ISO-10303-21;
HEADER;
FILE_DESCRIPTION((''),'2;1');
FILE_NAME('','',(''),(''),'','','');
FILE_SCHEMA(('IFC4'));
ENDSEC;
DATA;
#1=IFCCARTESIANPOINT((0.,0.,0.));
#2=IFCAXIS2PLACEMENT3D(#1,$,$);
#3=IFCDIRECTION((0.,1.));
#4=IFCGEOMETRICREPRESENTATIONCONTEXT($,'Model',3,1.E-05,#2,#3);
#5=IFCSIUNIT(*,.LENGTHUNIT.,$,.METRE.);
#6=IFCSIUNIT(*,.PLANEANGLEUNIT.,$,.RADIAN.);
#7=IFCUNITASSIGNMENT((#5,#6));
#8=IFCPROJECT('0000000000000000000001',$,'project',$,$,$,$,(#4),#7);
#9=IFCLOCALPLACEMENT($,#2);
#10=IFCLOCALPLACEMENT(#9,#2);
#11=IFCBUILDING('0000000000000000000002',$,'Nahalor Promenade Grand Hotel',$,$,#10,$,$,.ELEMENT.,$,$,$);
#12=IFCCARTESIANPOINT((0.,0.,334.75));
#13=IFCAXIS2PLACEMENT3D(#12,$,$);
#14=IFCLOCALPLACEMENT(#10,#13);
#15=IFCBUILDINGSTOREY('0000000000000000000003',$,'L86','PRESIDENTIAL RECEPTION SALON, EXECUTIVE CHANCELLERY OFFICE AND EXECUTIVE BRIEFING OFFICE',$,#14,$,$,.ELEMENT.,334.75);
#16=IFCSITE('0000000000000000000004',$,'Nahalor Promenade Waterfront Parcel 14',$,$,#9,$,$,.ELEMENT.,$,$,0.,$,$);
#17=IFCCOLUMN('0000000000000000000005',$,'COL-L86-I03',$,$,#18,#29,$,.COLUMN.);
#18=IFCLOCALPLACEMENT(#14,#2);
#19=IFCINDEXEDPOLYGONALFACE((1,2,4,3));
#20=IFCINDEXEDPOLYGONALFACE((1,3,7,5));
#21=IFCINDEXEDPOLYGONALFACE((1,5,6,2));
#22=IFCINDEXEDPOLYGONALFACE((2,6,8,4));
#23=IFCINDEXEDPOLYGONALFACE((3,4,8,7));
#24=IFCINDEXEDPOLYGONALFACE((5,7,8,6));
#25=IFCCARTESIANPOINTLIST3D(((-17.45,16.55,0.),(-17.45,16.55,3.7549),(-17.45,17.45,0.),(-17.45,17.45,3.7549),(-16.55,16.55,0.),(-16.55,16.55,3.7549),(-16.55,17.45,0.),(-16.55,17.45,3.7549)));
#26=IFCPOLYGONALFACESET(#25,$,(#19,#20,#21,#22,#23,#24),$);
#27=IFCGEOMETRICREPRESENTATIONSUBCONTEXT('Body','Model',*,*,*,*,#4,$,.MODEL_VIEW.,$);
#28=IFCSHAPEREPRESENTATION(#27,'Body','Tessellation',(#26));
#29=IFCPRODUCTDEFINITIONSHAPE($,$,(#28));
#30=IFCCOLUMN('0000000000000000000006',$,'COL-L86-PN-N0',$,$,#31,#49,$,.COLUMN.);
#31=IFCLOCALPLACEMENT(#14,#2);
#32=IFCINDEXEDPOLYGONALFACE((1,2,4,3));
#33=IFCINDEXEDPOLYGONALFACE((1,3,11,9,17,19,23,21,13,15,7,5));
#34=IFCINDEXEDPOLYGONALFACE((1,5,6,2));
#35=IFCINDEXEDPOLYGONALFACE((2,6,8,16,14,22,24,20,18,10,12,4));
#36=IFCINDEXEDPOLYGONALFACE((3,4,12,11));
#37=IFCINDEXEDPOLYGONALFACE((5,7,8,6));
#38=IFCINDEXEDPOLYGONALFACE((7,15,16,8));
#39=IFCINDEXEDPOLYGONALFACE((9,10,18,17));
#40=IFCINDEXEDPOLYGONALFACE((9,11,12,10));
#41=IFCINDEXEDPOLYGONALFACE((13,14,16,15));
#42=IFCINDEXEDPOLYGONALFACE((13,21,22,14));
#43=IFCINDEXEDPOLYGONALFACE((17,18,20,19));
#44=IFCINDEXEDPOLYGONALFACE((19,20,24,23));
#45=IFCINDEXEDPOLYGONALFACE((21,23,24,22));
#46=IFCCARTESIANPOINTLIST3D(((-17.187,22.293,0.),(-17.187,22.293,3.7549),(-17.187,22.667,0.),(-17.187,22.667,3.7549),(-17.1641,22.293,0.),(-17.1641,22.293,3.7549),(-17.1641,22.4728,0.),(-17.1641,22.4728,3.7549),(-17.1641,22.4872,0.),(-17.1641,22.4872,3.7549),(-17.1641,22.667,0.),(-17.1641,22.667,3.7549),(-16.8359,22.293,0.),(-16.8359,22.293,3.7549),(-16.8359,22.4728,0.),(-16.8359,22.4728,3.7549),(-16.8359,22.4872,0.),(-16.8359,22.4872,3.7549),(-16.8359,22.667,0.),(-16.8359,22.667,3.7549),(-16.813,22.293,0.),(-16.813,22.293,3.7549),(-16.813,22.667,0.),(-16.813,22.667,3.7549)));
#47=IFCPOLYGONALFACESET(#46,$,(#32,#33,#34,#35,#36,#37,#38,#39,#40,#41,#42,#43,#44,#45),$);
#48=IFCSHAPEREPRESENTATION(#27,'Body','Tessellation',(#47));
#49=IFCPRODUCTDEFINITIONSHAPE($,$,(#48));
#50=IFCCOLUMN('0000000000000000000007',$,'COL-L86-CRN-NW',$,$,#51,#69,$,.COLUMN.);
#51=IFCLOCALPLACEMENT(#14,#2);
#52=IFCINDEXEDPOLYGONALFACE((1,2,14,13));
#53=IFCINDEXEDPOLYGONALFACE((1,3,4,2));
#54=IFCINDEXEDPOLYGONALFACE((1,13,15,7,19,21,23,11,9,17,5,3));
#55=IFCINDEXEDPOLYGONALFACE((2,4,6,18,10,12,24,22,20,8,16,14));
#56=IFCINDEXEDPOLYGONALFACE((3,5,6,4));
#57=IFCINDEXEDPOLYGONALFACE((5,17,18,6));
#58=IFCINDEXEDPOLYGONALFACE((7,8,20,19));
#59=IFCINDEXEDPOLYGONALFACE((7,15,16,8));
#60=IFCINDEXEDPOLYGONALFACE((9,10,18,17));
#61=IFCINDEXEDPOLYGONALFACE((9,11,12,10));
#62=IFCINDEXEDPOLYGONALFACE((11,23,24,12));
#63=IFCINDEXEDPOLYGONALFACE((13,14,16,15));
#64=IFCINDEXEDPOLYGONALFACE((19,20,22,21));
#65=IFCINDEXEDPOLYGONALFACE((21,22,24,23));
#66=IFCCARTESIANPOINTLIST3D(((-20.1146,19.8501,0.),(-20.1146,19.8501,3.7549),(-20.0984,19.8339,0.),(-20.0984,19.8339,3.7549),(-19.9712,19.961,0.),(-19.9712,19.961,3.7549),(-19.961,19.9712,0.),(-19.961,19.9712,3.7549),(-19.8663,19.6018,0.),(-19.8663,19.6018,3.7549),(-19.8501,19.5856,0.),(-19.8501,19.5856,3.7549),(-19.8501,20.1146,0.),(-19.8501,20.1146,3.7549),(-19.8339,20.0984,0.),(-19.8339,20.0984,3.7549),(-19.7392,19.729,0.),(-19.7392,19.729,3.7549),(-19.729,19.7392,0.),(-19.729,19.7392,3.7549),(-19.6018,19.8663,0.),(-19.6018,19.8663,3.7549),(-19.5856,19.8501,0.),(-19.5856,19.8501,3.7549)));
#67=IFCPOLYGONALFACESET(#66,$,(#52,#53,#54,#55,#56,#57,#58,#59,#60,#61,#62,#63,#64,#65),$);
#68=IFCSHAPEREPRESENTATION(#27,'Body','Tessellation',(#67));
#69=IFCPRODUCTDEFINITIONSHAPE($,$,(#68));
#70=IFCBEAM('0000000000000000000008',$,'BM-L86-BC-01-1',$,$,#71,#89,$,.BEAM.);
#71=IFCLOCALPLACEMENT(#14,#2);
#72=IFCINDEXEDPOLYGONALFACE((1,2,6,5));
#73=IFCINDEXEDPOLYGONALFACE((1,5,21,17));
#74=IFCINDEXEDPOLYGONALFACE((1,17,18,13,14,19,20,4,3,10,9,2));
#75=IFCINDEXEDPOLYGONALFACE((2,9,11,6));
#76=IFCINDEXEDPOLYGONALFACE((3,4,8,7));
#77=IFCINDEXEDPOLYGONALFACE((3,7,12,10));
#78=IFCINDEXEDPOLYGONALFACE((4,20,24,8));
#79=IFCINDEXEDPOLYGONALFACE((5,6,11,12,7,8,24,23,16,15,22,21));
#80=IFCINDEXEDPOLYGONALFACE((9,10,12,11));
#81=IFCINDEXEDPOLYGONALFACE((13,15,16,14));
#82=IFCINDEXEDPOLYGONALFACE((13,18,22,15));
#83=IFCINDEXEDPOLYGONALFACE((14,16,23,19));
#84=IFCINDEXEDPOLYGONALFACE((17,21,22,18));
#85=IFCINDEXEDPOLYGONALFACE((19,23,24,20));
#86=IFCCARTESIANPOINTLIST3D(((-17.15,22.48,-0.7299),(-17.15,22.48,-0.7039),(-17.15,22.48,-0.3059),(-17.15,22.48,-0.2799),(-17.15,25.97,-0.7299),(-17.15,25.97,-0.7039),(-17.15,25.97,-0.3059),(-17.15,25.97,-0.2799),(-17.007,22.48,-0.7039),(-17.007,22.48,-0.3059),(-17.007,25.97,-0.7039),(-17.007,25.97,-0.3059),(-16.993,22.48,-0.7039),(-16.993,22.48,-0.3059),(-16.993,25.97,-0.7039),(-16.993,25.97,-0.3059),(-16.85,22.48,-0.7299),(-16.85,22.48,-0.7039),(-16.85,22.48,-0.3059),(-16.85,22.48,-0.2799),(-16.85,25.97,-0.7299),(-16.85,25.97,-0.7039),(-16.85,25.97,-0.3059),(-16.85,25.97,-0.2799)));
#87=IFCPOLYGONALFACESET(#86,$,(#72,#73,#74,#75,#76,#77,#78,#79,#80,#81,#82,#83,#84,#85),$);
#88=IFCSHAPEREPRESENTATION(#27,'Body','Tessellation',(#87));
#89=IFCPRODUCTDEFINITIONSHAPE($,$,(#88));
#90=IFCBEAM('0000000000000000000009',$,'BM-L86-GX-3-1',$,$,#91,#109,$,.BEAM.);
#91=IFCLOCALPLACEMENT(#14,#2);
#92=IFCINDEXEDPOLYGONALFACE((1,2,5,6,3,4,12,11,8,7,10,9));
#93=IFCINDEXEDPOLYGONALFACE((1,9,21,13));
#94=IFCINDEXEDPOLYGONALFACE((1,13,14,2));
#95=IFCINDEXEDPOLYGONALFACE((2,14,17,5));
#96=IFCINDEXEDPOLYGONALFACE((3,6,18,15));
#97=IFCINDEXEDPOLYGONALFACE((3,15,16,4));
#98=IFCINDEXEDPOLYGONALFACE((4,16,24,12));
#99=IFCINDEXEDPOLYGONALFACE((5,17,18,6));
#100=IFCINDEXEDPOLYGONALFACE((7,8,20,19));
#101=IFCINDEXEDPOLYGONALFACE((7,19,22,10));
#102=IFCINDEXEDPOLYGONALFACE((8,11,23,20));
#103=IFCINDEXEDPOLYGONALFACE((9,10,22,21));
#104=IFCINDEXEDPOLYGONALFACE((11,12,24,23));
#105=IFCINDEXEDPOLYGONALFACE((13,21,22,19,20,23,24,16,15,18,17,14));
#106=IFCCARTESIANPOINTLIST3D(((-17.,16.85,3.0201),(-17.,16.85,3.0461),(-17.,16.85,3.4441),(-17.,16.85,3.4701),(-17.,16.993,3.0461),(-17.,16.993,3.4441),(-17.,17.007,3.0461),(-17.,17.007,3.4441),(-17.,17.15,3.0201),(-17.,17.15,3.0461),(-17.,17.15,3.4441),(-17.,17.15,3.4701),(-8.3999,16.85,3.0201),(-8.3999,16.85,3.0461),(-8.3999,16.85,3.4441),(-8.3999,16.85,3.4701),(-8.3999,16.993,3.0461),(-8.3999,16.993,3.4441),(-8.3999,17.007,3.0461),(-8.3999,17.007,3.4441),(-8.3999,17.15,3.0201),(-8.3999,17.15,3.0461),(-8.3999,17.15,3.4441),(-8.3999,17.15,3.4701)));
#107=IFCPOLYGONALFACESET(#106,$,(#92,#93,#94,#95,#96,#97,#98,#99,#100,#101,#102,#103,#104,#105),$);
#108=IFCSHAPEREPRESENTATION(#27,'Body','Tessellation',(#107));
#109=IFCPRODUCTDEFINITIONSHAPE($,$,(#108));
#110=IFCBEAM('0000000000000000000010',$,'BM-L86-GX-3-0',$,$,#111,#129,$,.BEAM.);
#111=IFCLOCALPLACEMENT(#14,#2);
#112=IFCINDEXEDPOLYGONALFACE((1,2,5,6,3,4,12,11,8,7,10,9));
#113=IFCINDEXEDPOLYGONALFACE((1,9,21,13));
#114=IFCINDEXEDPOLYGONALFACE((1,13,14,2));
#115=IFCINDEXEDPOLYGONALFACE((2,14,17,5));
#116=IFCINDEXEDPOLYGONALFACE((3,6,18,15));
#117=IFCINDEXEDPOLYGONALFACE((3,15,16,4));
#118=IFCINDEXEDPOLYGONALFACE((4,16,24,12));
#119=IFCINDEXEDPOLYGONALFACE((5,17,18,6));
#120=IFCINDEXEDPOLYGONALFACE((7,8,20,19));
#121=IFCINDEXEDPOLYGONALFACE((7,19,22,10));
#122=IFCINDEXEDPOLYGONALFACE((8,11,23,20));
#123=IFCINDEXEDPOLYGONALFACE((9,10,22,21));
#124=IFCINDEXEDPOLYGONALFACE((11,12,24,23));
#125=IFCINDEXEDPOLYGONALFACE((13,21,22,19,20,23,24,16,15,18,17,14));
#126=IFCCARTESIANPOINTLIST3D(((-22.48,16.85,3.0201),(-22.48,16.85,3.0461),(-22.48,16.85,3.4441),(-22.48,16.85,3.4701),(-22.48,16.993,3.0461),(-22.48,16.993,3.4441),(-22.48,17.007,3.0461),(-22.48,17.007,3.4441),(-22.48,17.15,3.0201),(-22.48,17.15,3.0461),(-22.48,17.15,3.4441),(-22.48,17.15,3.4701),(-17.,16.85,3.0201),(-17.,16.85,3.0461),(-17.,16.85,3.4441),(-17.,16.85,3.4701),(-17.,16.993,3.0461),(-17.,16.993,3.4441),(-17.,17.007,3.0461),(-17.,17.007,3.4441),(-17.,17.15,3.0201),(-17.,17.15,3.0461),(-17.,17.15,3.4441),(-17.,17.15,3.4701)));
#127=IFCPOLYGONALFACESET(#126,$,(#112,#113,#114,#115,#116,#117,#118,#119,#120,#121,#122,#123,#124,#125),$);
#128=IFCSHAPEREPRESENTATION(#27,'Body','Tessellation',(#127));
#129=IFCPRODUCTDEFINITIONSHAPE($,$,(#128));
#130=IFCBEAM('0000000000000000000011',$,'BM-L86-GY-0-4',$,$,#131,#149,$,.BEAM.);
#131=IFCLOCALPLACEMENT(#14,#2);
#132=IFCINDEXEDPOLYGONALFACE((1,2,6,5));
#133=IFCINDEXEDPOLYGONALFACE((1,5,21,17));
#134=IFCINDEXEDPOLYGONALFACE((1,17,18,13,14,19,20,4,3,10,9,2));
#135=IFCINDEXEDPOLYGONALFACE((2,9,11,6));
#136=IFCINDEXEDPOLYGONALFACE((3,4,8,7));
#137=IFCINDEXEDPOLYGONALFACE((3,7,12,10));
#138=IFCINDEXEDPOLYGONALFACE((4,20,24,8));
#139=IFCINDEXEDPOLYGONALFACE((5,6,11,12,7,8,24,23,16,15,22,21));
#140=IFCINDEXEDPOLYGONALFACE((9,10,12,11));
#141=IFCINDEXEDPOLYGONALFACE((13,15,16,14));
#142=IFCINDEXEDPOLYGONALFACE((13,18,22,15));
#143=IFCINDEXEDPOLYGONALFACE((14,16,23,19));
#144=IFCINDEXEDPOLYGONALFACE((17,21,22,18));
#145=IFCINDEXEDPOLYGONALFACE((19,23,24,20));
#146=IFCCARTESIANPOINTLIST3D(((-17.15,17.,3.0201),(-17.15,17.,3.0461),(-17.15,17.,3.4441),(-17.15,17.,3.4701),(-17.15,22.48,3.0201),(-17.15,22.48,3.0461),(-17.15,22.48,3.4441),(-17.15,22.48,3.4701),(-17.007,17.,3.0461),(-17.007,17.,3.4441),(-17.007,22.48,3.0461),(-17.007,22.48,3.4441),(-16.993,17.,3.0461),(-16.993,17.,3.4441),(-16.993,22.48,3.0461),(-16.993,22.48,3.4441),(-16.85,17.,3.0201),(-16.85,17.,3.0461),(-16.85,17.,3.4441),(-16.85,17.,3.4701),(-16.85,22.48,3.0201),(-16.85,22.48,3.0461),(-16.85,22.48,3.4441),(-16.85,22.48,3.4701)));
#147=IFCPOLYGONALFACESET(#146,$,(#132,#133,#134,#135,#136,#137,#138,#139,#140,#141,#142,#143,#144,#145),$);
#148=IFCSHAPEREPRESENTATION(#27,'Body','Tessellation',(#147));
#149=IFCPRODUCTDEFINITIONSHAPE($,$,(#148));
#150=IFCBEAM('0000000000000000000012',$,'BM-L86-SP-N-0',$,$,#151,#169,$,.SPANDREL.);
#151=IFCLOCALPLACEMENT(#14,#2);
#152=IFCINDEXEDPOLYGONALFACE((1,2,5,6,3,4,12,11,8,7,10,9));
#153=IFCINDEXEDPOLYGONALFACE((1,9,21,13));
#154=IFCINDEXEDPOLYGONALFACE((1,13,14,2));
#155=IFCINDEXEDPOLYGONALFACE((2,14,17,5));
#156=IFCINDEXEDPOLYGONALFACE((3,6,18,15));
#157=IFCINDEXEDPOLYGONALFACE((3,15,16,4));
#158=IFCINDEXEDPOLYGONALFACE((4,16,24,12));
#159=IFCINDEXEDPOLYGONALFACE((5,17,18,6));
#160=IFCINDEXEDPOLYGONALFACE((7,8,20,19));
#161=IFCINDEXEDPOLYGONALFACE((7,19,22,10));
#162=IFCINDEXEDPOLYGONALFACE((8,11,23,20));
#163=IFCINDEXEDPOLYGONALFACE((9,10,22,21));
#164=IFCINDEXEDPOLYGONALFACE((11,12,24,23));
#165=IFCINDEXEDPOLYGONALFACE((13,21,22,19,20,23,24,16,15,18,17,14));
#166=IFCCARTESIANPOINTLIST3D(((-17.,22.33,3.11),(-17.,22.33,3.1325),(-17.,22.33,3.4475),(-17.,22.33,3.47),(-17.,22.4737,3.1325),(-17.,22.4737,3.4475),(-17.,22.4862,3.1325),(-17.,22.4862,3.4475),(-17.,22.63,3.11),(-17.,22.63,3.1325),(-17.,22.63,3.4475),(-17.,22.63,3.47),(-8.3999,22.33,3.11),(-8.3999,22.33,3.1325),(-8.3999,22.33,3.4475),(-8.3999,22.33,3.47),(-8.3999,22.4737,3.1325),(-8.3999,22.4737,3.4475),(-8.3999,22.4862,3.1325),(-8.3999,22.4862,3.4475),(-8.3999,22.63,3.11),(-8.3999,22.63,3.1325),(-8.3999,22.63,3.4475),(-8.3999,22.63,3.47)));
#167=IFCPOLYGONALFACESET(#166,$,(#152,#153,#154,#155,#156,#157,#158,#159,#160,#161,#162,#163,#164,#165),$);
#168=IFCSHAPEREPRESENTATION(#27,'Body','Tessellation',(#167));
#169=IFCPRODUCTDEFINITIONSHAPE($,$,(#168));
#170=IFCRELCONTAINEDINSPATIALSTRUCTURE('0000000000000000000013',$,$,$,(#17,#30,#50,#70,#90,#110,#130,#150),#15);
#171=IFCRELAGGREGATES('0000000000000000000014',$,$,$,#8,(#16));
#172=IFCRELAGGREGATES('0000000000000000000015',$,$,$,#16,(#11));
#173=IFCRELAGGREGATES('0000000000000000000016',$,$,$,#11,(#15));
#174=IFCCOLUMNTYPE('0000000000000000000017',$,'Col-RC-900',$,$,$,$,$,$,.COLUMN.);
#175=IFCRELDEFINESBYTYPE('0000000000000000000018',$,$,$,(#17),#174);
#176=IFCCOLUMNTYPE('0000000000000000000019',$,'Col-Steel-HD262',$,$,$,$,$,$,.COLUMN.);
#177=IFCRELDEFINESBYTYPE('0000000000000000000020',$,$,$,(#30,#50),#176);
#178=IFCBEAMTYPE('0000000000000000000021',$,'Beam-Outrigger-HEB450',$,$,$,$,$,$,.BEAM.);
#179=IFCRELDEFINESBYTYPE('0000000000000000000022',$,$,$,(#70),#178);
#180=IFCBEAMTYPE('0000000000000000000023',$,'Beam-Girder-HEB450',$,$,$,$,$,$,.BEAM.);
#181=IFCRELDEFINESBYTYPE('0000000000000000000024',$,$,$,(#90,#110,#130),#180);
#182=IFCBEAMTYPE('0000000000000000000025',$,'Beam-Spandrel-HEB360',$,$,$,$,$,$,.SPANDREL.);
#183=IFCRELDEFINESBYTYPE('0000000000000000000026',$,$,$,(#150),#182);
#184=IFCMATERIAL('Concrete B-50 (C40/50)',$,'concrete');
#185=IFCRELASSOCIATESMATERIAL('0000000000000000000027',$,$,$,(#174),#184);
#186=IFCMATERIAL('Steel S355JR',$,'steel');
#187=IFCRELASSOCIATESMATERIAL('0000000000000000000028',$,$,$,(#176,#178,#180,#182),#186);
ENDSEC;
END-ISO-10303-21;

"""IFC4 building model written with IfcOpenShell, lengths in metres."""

from ifc_helpers import new_model, si_unit, direction, frame, origin, origin_2d, place, context, subcontext, project, spatial, rectangle, i_section, extrude, source, transform, mapped, material, material_profile, profile_set, type_object, element, save


model = new_model("IFC4")

# Units and contexts
model_context = context("Model", 3, precision=1e-05, world=origin(), true_north=direction((0.0, 1.0)))
body_context = subcontext(model_context, "Body", "Model", "MODEL_VIEW")
ifc_project = project(units=[si_unit("LENGTHUNIT", "METRE"), si_unit("PLANEANGLEUNIT", "RADIAN")], contexts=[model_context])

# Site, building, storey
site_placement = place(None, origin())
site = spatial("IfcSite", under=ifc_project, at=site_placement, Name="Nahalor Promenade Waterfront Parcel 14", CompositionType="ELEMENT", RefElevation=0.0)
building_placement = place(site_placement, origin())
building = spatial("IfcBuilding", under=site, at=building_placement, Name="Nahalor Promenade Grand Hotel", CompositionType="ELEMENT")
storey_placement = place(building_placement, frame((0.0, 0.0, 334.75)))
storey = spatial("IfcBuildingStorey", under=building, at=storey_placement, Name="L86", Description="PRESIDENTIAL RECEPTION SALON, EXECUTIVE CHANCELLERY OFFICE AND EXECUTIVE BRIEFING OFFICE", CompositionType="ELEMENT", Elevation=334.75)

# Columns
ifc_material_1 = material(Name="Concrete B-50 (C40/50)", Category="concrete")
ifc_material_profile_1 = material_profile(ifc_material_1, rectangle(XDim=0.9, YDim=0.9, at=origin_2d()), Name="RC 900x900")
ifc_profile_set_1 = profile_set([ifc_material_profile_1], Name="Concrete B-50 (C40/50)")
column_type_1 = type_object("IfcColumnType", Name="Col-RC-900", PredefinedType="COLUMN", material=ifc_profile_set_1)
shared_shape_1 = source(origin(), body_context, "Body", "SweptSolid", [
    extrude(rectangle(XDim=0.9, YDim=0.9, at=origin_2d()), origin(), (0.0, 0.0, 1.0), 3.7549),
])
column_placement = place(storey_placement, frame((-17.0, 17.0, 0.0), z_axis=(0.0, 0.0, 1.0), x_axis=(1.0, 0.0, 0.0)))
element("IfcColumn", 1, at=column_placement, inside=storey, type_object=column_type_1, Name="COL-L86-I03", PredefinedType="COLUMN", context=body_context, shape_type="MappedRepresentation", body=[
    mapped(shared_shape_1, transform((0.0, 0.0, 0.0), scale=1.0)),
])
ifc_material_2 = material(Name="Steel S355JR", Category="steel")
ifc_material_profile_2 = material_profile(ifc_material_2, i_section(OverallWidth=0.374, OverallDepth=0.374, WebThickness=0.0144, FlangeThickness=0.0229, at=origin_2d()), Name="HD 360x262")
ifc_profile_set_2 = profile_set([ifc_material_profile_2], Name="Steel S355JR")
column_type_2 = type_object("IfcColumnType", Name="Col-Steel-HD262", PredefinedType="COLUMN", material=ifc_profile_set_2)
shared_shape_2 = source(origin(), body_context, "Body", "SweptSolid", [
    extrude(i_section(OverallWidth=0.374, OverallDepth=0.374, WebThickness=0.0144, FlangeThickness=0.0229, at=origin_2d()), origin(), (0.0, 0.0, 1.0), 3.7549),
])
for number, where, z_axis, x_axis, name in (
    (2, (-17.0, 22.48, 0.0), (0.0, 0.0, 1.0), (0.0, 1.0, 0.0), "COL-L86-PN-N0"),
    (3, (-19.8501, 19.8501, 0.0), (0.0, 0.0, 1.0), (0.707107, 0.707107, 0.0), "COL-L86-CRN-NW"),
):
    element("IfcColumn", number, at=place(storey_placement, frame(where, z_axis=z_axis, x_axis=x_axis)), inside=storey, type_object=column_type_2, Name=name, PredefinedType="COLUMN", context=body_context, shape_type="MappedRepresentation", body=[
        mapped(shared_shape_2, transform((0.0, 0.0, 0.0), scale=1.0)),
    ])

# Beams
ifc_material_profile_3 = material_profile(ifc_material_2, i_section(OverallWidth=0.3, OverallDepth=0.45, WebThickness=0.014, FlangeThickness=0.026, at=origin_2d()), Name="HEB 450")
ifc_profile_set_3 = profile_set([ifc_material_profile_3], Name="Steel S355JR")
beam_type_1 = type_object("IfcBeamType", Name="Beam-Outrigger-HEB450", PredefinedType="BEAM", material=ifc_profile_set_3)
shared_shape_3 = source(origin(), body_context, "Body", "SweptSolid", [
    extrude(i_section(OverallWidth=0.3, OverallDepth=0.45, WebThickness=0.014, FlangeThickness=0.026, at=origin_2d()), origin(), (0.0, 0.0, 1.0), 3.49),
])
beam_1_placement = place(storey_placement, frame((-17.0, 22.48, -0.5049), z_axis=(0.0, 1.0, 0.0), x_axis=(-1.0, 0.0, 0.0)))
element("IfcBeam", 4, at=beam_1_placement, inside=storey, type_object=beam_type_1, Name="BM-L86-BC-01-1", PredefinedType="BEAM", context=body_context, shape_type="MappedRepresentation", body=[
    mapped(shared_shape_3, transform((0.0, 0.0, 0.0), scale=1.0)),
])
ifc_material_profile_4 = material_profile(ifc_material_2, i_section(OverallWidth=0.3, OverallDepth=0.45, WebThickness=0.014, FlangeThickness=0.026, at=origin_2d()), Name="HEB 450")
ifc_profile_set_4 = profile_set([ifc_material_profile_4], Name="Steel S355JR")
beam_type_2 = type_object("IfcBeamType", Name="Beam-Girder-HEB450", PredefinedType="BEAM", material=ifc_profile_set_4)
shared_shape_4 = source(origin(), body_context, "Body", "SweptSolid", [
    extrude(i_section(OverallWidth=0.3, OverallDepth=0.45, WebThickness=0.014, FlangeThickness=0.026, at=origin_2d()), origin(), (0.0, 0.0, 1.0), 8.6001),
])
beam_2_placement = place(storey_placement, frame((-17.0, 17.0, 3.2451), z_axis=(1.0, 0.0, 0.0), x_axis=(0.0, 1.0, 0.0)))
element("IfcBeam", 5, at=beam_2_placement, inside=storey, type_object=beam_type_2, Name="BM-L86-GX-3-1", PredefinedType="BEAM", context=body_context, shape_type="MappedRepresentation", body=[
    mapped(shared_shape_4, transform((0.0, 0.0, 0.0), scale=1.0)),
])
shared_shape_5 = source(origin(), body_context, "Body", "SweptSolid", [
    extrude(i_section(OverallWidth=0.3, OverallDepth=0.45, WebThickness=0.014, FlangeThickness=0.026, at=origin_2d()), origin(), (0.0, 0.0, 1.0), 5.48),
])
for number, where, z_axis, x_axis, name in (
    (6, (-22.48, 17.0, 3.2451), (1.0, 0.0, 0.0), (0.0, 1.0, 0.0), "BM-L86-GX-3-0"),
    (7, (-17.0, 17.0, 3.2451), (0.0, 1.0, 0.0), (-1.0, 0.0, 0.0), "BM-L86-GY-0-4"),
):
    element("IfcBeam", number, at=place(storey_placement, frame(where, z_axis=z_axis, x_axis=x_axis)), inside=storey, type_object=beam_type_2, Name=name, PredefinedType="BEAM", context=body_context, shape_type="MappedRepresentation", body=[
        mapped(shared_shape_5, transform((0.0, 0.0, 0.0), scale=1.0)),
    ])
ifc_material_profile_5 = material_profile(ifc_material_2, i_section(OverallWidth=0.3, OverallDepth=0.36, WebThickness=0.0125, FlangeThickness=0.0225, at=origin_2d()), Name="HEB 360")
ifc_profile_set_5 = profile_set([ifc_material_profile_5], Name="Steel S355JR")
beam_type_3 = type_object("IfcBeamType", Name="Beam-Spandrel-HEB360", PredefinedType="SPANDREL", material=ifc_profile_set_5)
shared_shape_6 = source(origin(), body_context, "Body", "SweptSolid", [
    extrude(i_section(OverallWidth=0.3, OverallDepth=0.36, WebThickness=0.0125, FlangeThickness=0.0225, at=origin_2d()), origin(), (0.0, 0.0, 1.0), 8.6001),
])
beam_3_placement = place(storey_placement, frame((-17.0, 22.48, 3.29), z_axis=(1.0, 0.0, 0.0), x_axis=(0.0, 1.0, 0.0)))
element("IfcBeam", 8, at=beam_3_placement, inside=storey, type_object=beam_type_3, Name="BM-L86-SP-N-0", PredefinedType="SPANDREL", context=body_context, shape_type="MappedRepresentation", body=[
    mapped(shared_shape_6, transform((0.0, 0.0, 0.0), scale=1.0)),
])

save(model, "model.ifc")
